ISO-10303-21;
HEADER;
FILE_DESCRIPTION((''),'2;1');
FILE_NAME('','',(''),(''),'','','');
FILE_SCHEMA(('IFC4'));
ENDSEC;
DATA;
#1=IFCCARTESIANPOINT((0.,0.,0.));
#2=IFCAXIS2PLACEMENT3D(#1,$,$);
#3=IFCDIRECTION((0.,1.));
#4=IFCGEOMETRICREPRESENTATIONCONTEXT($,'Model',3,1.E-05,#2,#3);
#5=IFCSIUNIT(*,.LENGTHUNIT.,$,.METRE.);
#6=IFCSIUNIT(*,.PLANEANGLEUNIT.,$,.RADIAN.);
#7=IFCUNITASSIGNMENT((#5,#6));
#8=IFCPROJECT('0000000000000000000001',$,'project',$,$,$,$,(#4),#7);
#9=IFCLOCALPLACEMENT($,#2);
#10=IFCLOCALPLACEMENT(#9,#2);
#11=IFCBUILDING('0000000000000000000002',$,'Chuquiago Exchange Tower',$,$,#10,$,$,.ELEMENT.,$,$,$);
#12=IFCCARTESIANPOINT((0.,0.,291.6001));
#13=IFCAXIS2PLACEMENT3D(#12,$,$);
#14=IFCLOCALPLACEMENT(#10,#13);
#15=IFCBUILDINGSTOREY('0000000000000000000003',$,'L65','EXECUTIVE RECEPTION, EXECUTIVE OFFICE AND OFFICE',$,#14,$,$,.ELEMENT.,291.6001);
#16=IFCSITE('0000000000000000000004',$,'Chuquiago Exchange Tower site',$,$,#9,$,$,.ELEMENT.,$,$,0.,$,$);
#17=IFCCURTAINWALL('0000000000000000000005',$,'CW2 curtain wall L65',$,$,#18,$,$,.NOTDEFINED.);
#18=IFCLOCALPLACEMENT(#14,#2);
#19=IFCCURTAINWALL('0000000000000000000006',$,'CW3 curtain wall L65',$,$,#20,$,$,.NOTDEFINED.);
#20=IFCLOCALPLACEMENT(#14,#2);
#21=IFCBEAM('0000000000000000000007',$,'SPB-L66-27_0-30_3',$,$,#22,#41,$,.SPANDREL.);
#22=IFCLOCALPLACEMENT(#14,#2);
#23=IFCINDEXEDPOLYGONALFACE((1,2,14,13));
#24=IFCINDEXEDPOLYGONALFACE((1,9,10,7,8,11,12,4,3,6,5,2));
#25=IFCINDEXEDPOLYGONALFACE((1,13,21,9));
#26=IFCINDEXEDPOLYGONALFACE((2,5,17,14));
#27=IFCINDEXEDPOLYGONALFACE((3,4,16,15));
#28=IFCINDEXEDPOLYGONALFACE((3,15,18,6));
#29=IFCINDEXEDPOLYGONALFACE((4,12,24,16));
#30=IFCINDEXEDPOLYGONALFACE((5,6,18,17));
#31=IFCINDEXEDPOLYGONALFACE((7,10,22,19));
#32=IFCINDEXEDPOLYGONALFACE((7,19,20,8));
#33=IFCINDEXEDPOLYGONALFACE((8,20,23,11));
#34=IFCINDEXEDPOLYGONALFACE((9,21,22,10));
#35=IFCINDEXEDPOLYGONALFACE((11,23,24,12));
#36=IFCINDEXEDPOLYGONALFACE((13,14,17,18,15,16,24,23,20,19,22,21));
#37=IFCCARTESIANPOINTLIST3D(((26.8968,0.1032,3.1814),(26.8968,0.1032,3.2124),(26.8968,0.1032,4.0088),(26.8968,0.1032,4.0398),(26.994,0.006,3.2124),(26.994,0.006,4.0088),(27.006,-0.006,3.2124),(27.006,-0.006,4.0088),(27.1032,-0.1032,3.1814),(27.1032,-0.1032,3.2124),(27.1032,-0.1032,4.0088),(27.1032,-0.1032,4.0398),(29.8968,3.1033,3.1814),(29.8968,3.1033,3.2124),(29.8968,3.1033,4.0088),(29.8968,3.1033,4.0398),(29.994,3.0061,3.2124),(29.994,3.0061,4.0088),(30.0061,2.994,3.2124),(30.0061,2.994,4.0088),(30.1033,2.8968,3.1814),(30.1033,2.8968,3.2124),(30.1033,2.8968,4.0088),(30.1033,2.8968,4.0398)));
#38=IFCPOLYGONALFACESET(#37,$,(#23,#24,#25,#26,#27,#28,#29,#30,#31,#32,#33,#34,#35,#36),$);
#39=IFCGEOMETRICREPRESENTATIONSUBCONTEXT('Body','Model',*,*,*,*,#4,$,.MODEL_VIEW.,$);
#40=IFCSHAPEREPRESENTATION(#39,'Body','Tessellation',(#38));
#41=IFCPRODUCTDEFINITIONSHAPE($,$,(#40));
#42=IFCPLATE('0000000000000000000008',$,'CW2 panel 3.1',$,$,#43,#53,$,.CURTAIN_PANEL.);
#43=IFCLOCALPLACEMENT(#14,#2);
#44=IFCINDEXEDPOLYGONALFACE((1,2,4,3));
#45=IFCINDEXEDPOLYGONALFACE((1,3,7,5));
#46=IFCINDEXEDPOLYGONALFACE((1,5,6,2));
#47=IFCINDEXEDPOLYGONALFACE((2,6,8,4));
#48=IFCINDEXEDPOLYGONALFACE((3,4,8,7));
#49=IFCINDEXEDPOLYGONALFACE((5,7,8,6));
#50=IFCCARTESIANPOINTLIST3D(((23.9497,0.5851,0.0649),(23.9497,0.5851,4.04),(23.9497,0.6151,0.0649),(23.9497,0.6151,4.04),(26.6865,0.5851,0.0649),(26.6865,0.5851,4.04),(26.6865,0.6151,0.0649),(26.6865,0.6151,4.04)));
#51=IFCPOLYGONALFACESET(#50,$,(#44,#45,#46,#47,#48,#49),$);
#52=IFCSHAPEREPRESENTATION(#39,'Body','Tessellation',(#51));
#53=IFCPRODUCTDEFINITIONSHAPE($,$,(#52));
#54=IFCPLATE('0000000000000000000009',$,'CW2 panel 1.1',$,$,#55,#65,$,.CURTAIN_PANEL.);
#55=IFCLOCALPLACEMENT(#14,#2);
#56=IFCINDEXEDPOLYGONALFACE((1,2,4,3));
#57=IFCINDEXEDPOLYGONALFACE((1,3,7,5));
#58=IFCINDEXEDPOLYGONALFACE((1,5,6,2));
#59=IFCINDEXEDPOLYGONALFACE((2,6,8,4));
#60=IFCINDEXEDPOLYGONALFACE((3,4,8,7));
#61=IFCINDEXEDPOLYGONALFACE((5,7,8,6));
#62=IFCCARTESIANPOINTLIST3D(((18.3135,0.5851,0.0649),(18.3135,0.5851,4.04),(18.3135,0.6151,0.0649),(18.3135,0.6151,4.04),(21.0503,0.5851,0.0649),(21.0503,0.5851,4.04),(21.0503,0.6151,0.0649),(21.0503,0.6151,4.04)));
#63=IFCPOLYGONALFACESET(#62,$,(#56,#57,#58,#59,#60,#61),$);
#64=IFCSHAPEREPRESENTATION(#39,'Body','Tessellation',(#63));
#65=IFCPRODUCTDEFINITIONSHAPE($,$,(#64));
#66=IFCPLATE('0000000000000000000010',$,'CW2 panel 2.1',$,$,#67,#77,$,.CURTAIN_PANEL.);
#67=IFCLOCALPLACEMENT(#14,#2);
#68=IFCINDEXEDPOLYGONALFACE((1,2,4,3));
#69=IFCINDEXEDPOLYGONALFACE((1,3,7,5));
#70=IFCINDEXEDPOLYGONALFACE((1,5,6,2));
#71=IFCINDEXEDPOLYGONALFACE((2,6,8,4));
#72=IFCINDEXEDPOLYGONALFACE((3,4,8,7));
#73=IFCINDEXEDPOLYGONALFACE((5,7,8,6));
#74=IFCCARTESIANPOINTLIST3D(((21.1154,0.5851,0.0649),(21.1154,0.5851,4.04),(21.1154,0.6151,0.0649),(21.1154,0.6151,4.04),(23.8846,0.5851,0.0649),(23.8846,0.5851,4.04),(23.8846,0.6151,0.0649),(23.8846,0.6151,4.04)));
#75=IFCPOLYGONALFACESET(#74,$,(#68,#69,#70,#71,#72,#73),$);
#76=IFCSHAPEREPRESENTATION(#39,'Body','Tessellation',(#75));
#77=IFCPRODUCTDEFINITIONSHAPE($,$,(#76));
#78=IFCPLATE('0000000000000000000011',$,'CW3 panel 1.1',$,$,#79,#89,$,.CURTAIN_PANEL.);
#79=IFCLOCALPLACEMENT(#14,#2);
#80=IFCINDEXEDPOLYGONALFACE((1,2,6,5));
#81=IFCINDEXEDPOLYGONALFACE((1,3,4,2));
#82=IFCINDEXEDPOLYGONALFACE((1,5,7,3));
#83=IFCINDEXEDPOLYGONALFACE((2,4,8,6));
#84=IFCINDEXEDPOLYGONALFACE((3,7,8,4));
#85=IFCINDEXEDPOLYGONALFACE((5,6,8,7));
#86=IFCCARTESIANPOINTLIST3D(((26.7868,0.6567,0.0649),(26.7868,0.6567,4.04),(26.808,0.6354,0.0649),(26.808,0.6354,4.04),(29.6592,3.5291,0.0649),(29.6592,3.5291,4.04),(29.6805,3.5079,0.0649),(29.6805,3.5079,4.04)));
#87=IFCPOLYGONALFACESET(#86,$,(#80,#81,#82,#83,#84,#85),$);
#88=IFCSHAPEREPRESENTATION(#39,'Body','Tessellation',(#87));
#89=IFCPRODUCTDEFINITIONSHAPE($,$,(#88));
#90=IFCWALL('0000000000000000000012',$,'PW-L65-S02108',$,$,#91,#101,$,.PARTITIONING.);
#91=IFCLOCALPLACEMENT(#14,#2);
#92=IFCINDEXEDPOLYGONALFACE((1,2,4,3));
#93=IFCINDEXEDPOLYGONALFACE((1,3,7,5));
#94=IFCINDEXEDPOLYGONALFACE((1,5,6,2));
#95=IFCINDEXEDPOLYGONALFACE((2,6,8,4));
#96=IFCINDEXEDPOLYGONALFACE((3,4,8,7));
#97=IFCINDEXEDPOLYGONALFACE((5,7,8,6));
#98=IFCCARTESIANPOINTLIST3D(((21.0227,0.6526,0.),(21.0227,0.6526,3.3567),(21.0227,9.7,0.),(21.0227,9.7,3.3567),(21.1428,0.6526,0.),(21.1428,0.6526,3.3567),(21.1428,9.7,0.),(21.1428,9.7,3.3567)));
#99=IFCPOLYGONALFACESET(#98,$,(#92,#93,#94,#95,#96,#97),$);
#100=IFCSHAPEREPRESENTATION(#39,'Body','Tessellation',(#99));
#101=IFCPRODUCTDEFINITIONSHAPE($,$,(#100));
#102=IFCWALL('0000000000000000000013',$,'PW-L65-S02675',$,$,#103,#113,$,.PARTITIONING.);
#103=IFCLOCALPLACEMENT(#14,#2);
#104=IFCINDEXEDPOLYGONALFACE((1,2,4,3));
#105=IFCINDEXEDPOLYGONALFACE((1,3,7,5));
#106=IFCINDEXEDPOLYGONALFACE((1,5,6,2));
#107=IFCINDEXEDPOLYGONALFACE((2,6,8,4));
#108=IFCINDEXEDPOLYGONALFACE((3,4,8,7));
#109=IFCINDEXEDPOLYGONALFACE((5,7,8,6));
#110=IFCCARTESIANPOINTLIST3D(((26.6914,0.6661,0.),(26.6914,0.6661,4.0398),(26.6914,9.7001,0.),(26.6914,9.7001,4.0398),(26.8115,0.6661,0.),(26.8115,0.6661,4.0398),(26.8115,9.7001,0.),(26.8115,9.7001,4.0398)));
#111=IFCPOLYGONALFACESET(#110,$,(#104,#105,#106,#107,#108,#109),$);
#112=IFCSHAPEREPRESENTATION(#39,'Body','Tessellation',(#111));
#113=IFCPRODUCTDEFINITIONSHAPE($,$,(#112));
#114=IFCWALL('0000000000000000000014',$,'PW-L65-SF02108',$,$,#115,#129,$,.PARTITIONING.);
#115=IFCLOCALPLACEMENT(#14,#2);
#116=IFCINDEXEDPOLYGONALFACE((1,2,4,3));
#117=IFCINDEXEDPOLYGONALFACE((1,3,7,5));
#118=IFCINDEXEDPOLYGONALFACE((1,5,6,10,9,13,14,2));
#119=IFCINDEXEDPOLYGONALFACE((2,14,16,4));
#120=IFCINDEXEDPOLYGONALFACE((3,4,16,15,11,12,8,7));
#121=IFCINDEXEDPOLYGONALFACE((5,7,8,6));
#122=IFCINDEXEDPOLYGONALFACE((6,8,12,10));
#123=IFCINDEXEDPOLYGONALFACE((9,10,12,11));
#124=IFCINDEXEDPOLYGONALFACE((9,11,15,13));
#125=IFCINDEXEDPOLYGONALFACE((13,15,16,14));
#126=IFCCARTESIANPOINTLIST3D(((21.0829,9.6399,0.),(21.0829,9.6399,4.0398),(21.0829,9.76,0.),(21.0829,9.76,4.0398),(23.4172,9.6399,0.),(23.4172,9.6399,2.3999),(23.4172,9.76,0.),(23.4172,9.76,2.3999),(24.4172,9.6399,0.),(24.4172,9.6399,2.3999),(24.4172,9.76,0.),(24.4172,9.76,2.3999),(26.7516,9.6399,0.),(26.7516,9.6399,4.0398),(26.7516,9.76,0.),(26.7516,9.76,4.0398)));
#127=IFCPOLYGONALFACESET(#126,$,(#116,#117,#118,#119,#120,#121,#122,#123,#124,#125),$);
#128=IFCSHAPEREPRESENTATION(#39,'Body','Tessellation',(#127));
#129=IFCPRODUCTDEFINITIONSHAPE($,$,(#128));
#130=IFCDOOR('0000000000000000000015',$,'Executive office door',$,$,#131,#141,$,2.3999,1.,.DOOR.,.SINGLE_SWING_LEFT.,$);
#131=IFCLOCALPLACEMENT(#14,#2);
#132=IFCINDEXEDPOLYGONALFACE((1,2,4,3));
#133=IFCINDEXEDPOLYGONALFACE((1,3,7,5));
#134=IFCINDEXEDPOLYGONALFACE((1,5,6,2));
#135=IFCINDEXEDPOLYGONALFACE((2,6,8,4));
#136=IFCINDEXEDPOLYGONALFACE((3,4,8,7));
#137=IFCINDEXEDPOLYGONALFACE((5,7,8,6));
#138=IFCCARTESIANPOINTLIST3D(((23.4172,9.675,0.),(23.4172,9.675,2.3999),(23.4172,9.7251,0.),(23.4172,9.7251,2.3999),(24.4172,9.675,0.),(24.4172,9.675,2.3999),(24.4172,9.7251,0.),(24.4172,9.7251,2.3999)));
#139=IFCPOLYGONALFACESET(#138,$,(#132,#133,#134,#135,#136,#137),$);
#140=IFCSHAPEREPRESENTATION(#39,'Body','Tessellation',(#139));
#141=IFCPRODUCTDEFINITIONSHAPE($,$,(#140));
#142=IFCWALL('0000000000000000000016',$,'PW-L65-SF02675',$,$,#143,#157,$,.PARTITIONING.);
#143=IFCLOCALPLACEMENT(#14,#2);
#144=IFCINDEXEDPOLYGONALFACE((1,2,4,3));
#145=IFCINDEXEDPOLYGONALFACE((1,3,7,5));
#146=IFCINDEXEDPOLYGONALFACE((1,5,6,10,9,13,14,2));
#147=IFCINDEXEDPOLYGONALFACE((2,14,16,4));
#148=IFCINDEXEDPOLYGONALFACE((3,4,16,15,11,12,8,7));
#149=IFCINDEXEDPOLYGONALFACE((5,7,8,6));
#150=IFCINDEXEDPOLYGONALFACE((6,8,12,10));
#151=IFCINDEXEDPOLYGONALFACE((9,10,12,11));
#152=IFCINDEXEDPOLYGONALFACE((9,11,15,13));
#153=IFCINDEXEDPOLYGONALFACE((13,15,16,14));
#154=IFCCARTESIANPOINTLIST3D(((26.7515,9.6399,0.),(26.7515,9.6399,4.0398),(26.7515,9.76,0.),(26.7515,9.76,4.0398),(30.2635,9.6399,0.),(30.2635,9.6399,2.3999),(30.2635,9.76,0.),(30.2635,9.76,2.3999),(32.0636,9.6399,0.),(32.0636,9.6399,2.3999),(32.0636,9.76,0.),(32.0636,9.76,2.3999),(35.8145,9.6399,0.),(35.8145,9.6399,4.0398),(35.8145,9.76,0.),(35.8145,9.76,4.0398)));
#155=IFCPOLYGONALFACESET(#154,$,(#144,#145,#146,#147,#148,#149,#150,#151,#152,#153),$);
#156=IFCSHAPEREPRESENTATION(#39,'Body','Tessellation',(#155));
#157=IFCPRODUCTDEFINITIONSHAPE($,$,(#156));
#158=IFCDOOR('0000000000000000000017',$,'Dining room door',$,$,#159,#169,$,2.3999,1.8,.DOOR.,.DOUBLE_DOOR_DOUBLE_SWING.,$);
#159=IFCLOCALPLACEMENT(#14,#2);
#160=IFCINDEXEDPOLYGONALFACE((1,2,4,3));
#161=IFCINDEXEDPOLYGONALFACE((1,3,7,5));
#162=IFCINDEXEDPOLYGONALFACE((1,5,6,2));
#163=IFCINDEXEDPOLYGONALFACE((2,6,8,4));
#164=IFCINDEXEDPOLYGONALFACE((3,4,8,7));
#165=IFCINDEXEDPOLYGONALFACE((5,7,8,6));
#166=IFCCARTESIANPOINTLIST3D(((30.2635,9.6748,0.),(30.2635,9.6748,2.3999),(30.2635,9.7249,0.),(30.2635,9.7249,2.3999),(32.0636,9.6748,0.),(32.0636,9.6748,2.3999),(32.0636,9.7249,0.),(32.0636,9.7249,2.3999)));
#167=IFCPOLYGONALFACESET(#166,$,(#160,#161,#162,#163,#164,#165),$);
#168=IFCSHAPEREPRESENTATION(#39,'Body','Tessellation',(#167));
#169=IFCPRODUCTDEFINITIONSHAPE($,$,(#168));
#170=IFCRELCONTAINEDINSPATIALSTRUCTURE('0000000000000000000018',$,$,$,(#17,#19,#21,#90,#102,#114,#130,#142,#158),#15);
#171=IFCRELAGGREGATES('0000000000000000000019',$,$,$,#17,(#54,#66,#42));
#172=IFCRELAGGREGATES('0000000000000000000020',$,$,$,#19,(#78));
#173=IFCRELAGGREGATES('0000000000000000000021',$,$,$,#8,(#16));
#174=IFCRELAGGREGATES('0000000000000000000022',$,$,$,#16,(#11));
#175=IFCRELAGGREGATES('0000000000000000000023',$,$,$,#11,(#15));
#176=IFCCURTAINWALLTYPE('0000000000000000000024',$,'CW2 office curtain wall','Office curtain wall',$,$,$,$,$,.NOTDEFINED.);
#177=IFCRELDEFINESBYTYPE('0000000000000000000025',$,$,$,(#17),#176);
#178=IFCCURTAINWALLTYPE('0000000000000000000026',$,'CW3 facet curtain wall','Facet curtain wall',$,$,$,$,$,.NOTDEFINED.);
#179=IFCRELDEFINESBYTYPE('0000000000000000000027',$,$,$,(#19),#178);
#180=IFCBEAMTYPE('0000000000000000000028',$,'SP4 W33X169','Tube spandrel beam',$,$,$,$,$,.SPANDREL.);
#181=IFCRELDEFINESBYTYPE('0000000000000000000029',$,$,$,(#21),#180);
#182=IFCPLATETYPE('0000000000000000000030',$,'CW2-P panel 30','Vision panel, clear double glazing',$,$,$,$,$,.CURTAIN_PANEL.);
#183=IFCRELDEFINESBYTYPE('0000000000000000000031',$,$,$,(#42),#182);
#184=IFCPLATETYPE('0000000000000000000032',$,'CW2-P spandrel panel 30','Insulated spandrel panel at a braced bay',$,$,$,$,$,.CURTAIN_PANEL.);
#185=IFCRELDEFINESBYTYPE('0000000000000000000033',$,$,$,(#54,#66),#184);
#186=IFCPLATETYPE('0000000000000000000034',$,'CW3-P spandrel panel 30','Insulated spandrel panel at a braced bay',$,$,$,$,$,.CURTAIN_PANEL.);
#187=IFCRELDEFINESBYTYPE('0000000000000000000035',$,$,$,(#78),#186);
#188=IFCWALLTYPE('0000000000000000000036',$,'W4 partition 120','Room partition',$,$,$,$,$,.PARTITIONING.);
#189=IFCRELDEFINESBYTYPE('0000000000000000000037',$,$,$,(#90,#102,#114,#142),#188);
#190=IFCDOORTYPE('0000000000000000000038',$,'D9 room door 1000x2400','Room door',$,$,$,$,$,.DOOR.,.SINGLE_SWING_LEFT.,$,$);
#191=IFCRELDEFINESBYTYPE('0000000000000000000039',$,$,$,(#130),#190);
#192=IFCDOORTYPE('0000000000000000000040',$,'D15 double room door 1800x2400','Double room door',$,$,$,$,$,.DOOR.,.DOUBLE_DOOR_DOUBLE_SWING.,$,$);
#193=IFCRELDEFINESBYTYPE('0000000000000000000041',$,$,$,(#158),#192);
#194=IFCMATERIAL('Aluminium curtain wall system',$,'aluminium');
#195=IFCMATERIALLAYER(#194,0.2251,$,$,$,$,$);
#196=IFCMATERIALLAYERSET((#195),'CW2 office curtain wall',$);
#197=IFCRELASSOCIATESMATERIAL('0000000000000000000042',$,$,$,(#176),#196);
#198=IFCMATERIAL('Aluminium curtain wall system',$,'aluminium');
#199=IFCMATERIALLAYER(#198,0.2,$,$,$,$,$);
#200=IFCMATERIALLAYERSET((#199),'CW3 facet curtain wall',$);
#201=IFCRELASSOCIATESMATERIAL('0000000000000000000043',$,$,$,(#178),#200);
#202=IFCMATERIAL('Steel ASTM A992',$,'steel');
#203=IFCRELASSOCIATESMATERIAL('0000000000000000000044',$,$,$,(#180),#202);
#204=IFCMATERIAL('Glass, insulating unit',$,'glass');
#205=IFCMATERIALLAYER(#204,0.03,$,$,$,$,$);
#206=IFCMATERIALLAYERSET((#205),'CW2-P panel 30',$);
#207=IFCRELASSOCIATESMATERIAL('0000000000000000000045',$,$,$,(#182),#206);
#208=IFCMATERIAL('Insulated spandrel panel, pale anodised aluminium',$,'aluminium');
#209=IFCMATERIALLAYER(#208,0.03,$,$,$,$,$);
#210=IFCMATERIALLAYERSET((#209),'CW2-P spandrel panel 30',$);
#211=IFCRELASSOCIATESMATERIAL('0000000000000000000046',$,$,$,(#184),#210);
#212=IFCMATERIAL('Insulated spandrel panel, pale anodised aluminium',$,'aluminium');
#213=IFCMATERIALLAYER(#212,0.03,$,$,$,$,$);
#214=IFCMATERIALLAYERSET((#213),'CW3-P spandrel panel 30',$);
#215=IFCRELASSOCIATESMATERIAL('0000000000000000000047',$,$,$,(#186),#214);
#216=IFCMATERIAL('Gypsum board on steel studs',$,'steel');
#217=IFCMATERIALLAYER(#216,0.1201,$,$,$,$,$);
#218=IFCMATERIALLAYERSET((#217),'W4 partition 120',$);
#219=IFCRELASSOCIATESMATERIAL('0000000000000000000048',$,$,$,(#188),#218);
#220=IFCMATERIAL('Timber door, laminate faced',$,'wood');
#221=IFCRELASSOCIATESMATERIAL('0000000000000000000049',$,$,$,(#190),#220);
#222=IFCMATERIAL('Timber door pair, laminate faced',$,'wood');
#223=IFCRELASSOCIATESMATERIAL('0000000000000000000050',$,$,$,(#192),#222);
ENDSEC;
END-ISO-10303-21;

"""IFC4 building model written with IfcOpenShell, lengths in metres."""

from ifc_helpers import new_model, si_unit, direction, frame, frame_2d, origin, origin_2d, place, context, subcontext, project, spatial, rectangle, i_section, extrude, material, layer, layer_set, material_profile, profile_set, type_object, element, fill, aggregate, save


model = new_model("IFC4")

# Units and contexts
model_context = context("Model", 3, precision=1e-05, world=origin(), true_north=direction((0.0, 1.0)))
body_context = subcontext(model_context, "Body", "Model", "MODEL_VIEW")
ifc_project = project(units=[si_unit("LENGTHUNIT", "METRE"), si_unit("PLANEANGLEUNIT", "RADIAN")], contexts=[model_context])

# Site, building, storey
site_placement = place(None, origin())
site = spatial("IfcSite", under=ifc_project, at=site_placement, Name="Chuquiago Exchange Tower site", CompositionType="ELEMENT", RefElevation=0.0)
building_placement = place(site_placement, origin())
building = spatial("IfcBuilding", under=site, at=building_placement, Name="Chuquiago Exchange Tower", CompositionType="ELEMENT")
storey_placement = place(building_placement, frame((0.0, 0.0, 291.6001)))
storey = spatial("IfcBuildingStorey", under=building, at=storey_placement, Name="L65", Description="EXECUTIVE RECEPTION, EXECUTIVE OFFICE AND OFFICE", CompositionType="ELEMENT", Elevation=291.6001)

# Curtain walls
ifc_material_1 = material(Name="Aluminium curtain wall system", Category="aluminium")
ifc_layer_1 = layer(ifc_material_1, 0.2251)
ifc_layer_set_1 = layer_set([ifc_layer_1], Name="CW2 office curtain wall")
curtain_wall_type_1 = type_object("IfcCurtainWallType", Name="CW2 office curtain wall", Description="Office curtain wall", PredefinedType="NOTDEFINED", material=ifc_layer_set_1)
curtain_wall_1_placement = place(storey_placement, origin())
curtain_wall_1 = element("IfcCurtainWall", 1, at=curtain_wall_1_placement, inside=storey, type_object=curtain_wall_type_1, Name="CW2 curtain wall L65", PredefinedType="NOTDEFINED")
ifc_material_2 = material(Name="Aluminium curtain wall system", Category="aluminium")
ifc_layer_2 = layer(ifc_material_2, 0.2)
ifc_layer_set_2 = layer_set([ifc_layer_2], Name="CW3 facet curtain wall")
curtain_wall_type_2 = type_object("IfcCurtainWallType", Name="CW3 facet curtain wall", Description="Facet curtain wall", PredefinedType="NOTDEFINED", material=ifc_layer_set_2)
curtain_wall_2_placement = place(storey_placement, origin())
curtain_wall_2 = element("IfcCurtainWall", 2, at=curtain_wall_2_placement, inside=storey, type_object=curtain_wall_type_2, Name="CW3 curtain wall L65", PredefinedType="NOTDEFINED")

# Beam
ifc_material_3 = material(Name="Steel ASTM A992", Category="steel")
ifc_material_profile_1 = material_profile(ifc_material_3, i_section(OverallWidth=0.292, OverallDepth=0.8584, WebThickness=0.0171, FlangeThickness=0.031, at=origin_2d()), Name="W33X169")
ifc_profile_set_1 = profile_set([ifc_material_profile_1], Name="Steel ASTM A992")
beam_type_1 = type_object("IfcBeamType", Name="SP4 W33X169", Description="Tube spandrel beam", PredefinedType="SPANDREL", material=ifc_profile_set_1)
beam_1_placement = place(storey_placement, frame((27.0, 0.0, 3.6106), z_axis=(0.707107, 0.707107, 0.0), x_axis=(-0.707107, 0.707107, 0.0)))
element("IfcBeam", 3, at=beam_1_placement, inside=storey, type_object=beam_type_1, Name="SPB-L66-27_0-30_3", PredefinedType="SPANDREL", context=body_context, shape_type="SweptSolid", body=[
    extrude(i_section(OverallWidth=0.292, OverallDepth=0.8584, WebThickness=0.0171, FlangeThickness=0.031, at=origin_2d()), origin(), (0.0, 0.0, 1.0), 4.2427),
])

# Plates
ifc_material_4 = material(Name="Glass, insulating unit", Category="glass")
ifc_layer_3 = layer(ifc_material_4, 0.03)
ifc_layer_set_3 = layer_set([ifc_layer_3], Name="CW2-P panel 30")
plate_type_1 = type_object("IfcPlateType", Name="CW2-P panel 30", Description="Vision panel, clear double glazing", PredefinedType="CURTAIN_PANEL", material=ifc_layer_set_3)
plate_1_placement = place(storey_placement, frame((25.3181, 0.6001, 0.0649), z_axis=(0.0, 0.0, 1.0), x_axis=(1.0, 0.0, 0.0)))
plate_1 = element("IfcPlate", 4, at=plate_1_placement, type_object=plate_type_1, Name="CW2 panel 3.1", PredefinedType="CURTAIN_PANEL", context=body_context, shape_type="SweptSolid", body=[
    extrude(rectangle(XDim=2.7368, YDim=0.03, at=origin_2d()), origin(), (0.0, 0.0, 1.0), 3.9751),
])
ifc_material_5 = material(Name="Insulated spandrel panel, pale anodised aluminium", Category="aluminium")
ifc_layer_4 = layer(ifc_material_5, 0.03)
ifc_layer_set_4 = layer_set([ifc_layer_4], Name="CW2-P spandrel panel 30")
plate_type_2 = type_object("IfcPlateType", Name="CW2-P spandrel panel 30", Description="Insulated spandrel panel at a braced bay", PredefinedType="CURTAIN_PANEL", material=ifc_layer_set_4)
plate_2_placement = place(storey_placement, frame((19.6819, 0.6001, 0.0649), z_axis=(0.0, 0.0, 1.0), x_axis=(1.0, 0.0, 0.0)))
plate_2 = element("IfcPlate", 5, at=plate_2_placement, type_object=plate_type_2, Name="CW2 panel 1.1", PredefinedType="CURTAIN_PANEL", context=body_context, shape_type="SweptSolid", body=[
    extrude(rectangle(XDim=2.7368, YDim=0.03, at=origin_2d()), origin(), (0.0, 0.0, 1.0), 3.9751),
])
plate_3_placement = place(storey_placement, frame((22.5, 0.6001, 0.0649), z_axis=(0.0, 0.0, 1.0), x_axis=(1.0, 0.0, 0.0)))
plate_3 = element("IfcPlate", 6, at=plate_3_placement, type_object=plate_type_2, Name="CW2 panel 2.1", PredefinedType="CURTAIN_PANEL", context=body_context, shape_type="SweptSolid", body=[
    extrude(rectangle(XDim=2.7693, YDim=0.03, at=origin_2d()), origin(), (0.0, 0.0, 1.0), 3.9751),
])
aggregate(curtain_wall_1, [plate_2, plate_3, plate_1])
ifc_material_6 = material(Name="Insulated spandrel panel, pale anodised aluminium", Category="aluminium")
ifc_layer_5 = layer(ifc_material_6, 0.03)
ifc_layer_set_5 = layer_set([ifc_layer_5], Name="CW3-P spandrel panel 30")
plate_type_3 = type_object("IfcPlateType", Name="CW3-P spandrel panel 30", Description="Insulated spandrel panel at a braced bay", PredefinedType="CURTAIN_PANEL", material=ifc_layer_set_5)
plate_4_placement = place(storey_placement, frame((28.2336, 2.0823, 0.0649), z_axis=(0.0, 0.0, 1.0), x_axis=(0.707107, 0.707107, 0.0)))
plate_4 = element("IfcPlate", 7, at=plate_4_placement, type_object=plate_type_3, Name="CW3 panel 1.1", PredefinedType="CURTAIN_PANEL", context=body_context, shape_type="SweptSolid", body=[
    extrude(rectangle(XDim=4.0623, YDim=0.03, at=origin_2d()), origin(), (0.0, 0.0, 1.0), 3.9751),
])
aggregate(curtain_wall_2, [plate_4])

# Walls
ifc_material_7 = material(Name="Gypsum board on steel studs", Category="steel")
ifc_layer_6 = layer(ifc_material_7, 0.1201)
ifc_layer_set_6 = layer_set([ifc_layer_6], Name="W4 partition 120")
wall_type = type_object("IfcWallType", Name="W4 partition 120", Description="Room partition", PredefinedType="PARTITIONING", material=ifc_layer_set_6)
wall_1_placement = place(storey_placement, frame((21.0828, 0.6526, 0.0), z_axis=(0.0, 0.0, 1.0), x_axis=(0.0, 1.0, 0.0)))
element("IfcWall", 8, at=wall_1_placement, inside=storey, type_object=wall_type, Name="PW-L65-S02108", PredefinedType="PARTITIONING", context=body_context, shape_type="SweptSolid", body=[
    extrude(rectangle(XDim=9.0474, YDim=0.1201, at=frame_2d((4.5237, 0.0))), origin(), (0.0, 0.0, 1.0), 3.3567),
])
wall_2_placement = place(storey_placement, frame((26.7515, 0.666, 0.0), z_axis=(0.0, 0.0, 1.0), x_axis=(0.0, 1.0, 0.0)))
element("IfcWall", 9, at=wall_2_placement, inside=storey, type_object=wall_type, Name="PW-L65-S02675", PredefinedType="PARTITIONING", context=body_context, shape_type="SweptSolid", body=[
    extrude(rectangle(XDim=9.0339, YDim=0.1201, at=frame_2d((4.5171, 0.0))), origin(), (0.0, 0.0, 1.0), 4.0398),
])

# Walls, openings, doors
wall_3_placement = place(storey_placement, frame((21.0828, 9.7, 0.0), z_axis=(0.0, 0.0, 1.0), x_axis=(1.0, 0.0, 0.0)))
wall_3 = element("IfcWall", 10, at=wall_3_placement, inside=storey, type_object=wall_type, Name="PW-L65-SF02108", PredefinedType="PARTITIONING", context=body_context, shape_type="SweptSolid", body=[
    extrude(rectangle(XDim=5.6687, YDim=0.1201, at=frame_2d((2.8345, 0.0))), origin(), (0.0, 0.0, 1.0), 4.0398),
])
opening_1_placement = place(wall_3_placement, frame((2.3345, 0.0, 0.0)))
opening_1 = element("IfcOpeningElement", 11, at=opening_1_placement, cuts=wall_3, PredefinedType="OPENING", context=body_context, shape_type="SweptSolid", body=[
    extrude(rectangle(XDim=1.0, YDim=2.3999, at=frame_2d((0.5, 1.2))), frame((0.0, 0.0701, 0.0), z_axis=(0.0, -1.0, 0.0), x_axis=(1.0, 0.0, 0.0)), (0.0, 0.0, 1.0), 0.1401),
])
ifc_material_8 = material(Name="Timber door, laminate faced", Category="wood")
door_type_1 = type_object("IfcDoorType", Name="D9 room door 1000x2400", Description="Room door", OperationType="SINGLE_SWING_LEFT", PredefinedType="DOOR", material=ifc_material_8)
door_1_placement = place(opening_1_placement, frame((1.0, 0.0, 0.0), z_axis=(0.0, 0.0, 1.0), x_axis=(-1.0, 0.0, 0.0)))
door_1 = element("IfcDoor", 12, at=door_1_placement, inside=storey, type_object=door_type_1, Name="Executive office door", OperationType="SINGLE_SWING_LEFT", OverallHeight=2.3999, OverallWidth=1.0, PredefinedType="DOOR", context=body_context, shape_type="SweptSolid", body=[
    extrude(rectangle(XDim=1.0, YDim=2.3999, at=frame_2d((0.5, 1.2))), frame((0.0, 0.0249, 0.0), z_axis=(0.0, -1.0, 0.0), x_axis=(1.0, 0.0, 0.0)), (0.0, 0.0, 1.0), 0.05),
])
fill(opening_1, door_1)
wall_4_placement = place(storey_placement, frame((26.7515, 9.7, 0.0), z_axis=(0.0, 0.0, 1.0), x_axis=(1.0, 0.0, 0.0)))
wall_4 = element("IfcWall", 13, at=wall_4_placement, inside=storey, type_object=wall_type, Name="PW-L65-SF02675", PredefinedType="PARTITIONING", context=body_context, shape_type="SweptSolid", body=[
    extrude(rectangle(XDim=9.063, YDim=0.1201, at=frame_2d((4.5315, 0.0))), origin(), (0.0, 0.0, 1.0), 4.0398),
])
opening_2_placement = place(wall_4_placement, frame((3.5122, 0.0, 0.0)))
opening_2 = element("IfcOpeningElement", 14, at=opening_2_placement, cuts=wall_4, PredefinedType="OPENING", context=body_context, shape_type="SweptSolid", body=[
    extrude(rectangle(XDim=1.8, YDim=2.3999, at=frame_2d((0.8999, 1.2))), frame((0.0, 0.0701, 0.0), z_axis=(0.0, -1.0, 0.0), x_axis=(1.0, 0.0, 0.0)), (0.0, 0.0, 1.0), 0.1401),
])
ifc_material_9 = material(Name="Timber door pair, laminate faced", Category="wood")
door_type_2 = type_object("IfcDoorType", Name="D15 double room door 1800x2400", Description="Double room door", OperationType="DOUBLE_DOOR_DOUBLE_SWING", PredefinedType="DOOR", material=ifc_material_9)
door_2_placement = place(opening_2_placement, origin())
door_2 = element("IfcDoor", 15, at=door_2_placement, inside=storey, type_object=door_type_2, Name="Dining room door", OperationType="DOUBLE_DOOR_DOUBLE_SWING", OverallHeight=2.3999, OverallWidth=1.8, PredefinedType="DOOR", context=body_context, shape_type="SweptSolid", body=[
    extrude(rectangle(XDim=1.8, YDim=2.3999, at=frame_2d((0.8999, 1.2))), frame((0.0, 0.0249, 0.0), z_axis=(0.0, -1.0, 0.0), x_axis=(1.0, 0.0, 0.0)), (0.0, 0.0, 1.0), 0.05),
])
fill(opening_2, door_2)

save(model, "model.ifc")
